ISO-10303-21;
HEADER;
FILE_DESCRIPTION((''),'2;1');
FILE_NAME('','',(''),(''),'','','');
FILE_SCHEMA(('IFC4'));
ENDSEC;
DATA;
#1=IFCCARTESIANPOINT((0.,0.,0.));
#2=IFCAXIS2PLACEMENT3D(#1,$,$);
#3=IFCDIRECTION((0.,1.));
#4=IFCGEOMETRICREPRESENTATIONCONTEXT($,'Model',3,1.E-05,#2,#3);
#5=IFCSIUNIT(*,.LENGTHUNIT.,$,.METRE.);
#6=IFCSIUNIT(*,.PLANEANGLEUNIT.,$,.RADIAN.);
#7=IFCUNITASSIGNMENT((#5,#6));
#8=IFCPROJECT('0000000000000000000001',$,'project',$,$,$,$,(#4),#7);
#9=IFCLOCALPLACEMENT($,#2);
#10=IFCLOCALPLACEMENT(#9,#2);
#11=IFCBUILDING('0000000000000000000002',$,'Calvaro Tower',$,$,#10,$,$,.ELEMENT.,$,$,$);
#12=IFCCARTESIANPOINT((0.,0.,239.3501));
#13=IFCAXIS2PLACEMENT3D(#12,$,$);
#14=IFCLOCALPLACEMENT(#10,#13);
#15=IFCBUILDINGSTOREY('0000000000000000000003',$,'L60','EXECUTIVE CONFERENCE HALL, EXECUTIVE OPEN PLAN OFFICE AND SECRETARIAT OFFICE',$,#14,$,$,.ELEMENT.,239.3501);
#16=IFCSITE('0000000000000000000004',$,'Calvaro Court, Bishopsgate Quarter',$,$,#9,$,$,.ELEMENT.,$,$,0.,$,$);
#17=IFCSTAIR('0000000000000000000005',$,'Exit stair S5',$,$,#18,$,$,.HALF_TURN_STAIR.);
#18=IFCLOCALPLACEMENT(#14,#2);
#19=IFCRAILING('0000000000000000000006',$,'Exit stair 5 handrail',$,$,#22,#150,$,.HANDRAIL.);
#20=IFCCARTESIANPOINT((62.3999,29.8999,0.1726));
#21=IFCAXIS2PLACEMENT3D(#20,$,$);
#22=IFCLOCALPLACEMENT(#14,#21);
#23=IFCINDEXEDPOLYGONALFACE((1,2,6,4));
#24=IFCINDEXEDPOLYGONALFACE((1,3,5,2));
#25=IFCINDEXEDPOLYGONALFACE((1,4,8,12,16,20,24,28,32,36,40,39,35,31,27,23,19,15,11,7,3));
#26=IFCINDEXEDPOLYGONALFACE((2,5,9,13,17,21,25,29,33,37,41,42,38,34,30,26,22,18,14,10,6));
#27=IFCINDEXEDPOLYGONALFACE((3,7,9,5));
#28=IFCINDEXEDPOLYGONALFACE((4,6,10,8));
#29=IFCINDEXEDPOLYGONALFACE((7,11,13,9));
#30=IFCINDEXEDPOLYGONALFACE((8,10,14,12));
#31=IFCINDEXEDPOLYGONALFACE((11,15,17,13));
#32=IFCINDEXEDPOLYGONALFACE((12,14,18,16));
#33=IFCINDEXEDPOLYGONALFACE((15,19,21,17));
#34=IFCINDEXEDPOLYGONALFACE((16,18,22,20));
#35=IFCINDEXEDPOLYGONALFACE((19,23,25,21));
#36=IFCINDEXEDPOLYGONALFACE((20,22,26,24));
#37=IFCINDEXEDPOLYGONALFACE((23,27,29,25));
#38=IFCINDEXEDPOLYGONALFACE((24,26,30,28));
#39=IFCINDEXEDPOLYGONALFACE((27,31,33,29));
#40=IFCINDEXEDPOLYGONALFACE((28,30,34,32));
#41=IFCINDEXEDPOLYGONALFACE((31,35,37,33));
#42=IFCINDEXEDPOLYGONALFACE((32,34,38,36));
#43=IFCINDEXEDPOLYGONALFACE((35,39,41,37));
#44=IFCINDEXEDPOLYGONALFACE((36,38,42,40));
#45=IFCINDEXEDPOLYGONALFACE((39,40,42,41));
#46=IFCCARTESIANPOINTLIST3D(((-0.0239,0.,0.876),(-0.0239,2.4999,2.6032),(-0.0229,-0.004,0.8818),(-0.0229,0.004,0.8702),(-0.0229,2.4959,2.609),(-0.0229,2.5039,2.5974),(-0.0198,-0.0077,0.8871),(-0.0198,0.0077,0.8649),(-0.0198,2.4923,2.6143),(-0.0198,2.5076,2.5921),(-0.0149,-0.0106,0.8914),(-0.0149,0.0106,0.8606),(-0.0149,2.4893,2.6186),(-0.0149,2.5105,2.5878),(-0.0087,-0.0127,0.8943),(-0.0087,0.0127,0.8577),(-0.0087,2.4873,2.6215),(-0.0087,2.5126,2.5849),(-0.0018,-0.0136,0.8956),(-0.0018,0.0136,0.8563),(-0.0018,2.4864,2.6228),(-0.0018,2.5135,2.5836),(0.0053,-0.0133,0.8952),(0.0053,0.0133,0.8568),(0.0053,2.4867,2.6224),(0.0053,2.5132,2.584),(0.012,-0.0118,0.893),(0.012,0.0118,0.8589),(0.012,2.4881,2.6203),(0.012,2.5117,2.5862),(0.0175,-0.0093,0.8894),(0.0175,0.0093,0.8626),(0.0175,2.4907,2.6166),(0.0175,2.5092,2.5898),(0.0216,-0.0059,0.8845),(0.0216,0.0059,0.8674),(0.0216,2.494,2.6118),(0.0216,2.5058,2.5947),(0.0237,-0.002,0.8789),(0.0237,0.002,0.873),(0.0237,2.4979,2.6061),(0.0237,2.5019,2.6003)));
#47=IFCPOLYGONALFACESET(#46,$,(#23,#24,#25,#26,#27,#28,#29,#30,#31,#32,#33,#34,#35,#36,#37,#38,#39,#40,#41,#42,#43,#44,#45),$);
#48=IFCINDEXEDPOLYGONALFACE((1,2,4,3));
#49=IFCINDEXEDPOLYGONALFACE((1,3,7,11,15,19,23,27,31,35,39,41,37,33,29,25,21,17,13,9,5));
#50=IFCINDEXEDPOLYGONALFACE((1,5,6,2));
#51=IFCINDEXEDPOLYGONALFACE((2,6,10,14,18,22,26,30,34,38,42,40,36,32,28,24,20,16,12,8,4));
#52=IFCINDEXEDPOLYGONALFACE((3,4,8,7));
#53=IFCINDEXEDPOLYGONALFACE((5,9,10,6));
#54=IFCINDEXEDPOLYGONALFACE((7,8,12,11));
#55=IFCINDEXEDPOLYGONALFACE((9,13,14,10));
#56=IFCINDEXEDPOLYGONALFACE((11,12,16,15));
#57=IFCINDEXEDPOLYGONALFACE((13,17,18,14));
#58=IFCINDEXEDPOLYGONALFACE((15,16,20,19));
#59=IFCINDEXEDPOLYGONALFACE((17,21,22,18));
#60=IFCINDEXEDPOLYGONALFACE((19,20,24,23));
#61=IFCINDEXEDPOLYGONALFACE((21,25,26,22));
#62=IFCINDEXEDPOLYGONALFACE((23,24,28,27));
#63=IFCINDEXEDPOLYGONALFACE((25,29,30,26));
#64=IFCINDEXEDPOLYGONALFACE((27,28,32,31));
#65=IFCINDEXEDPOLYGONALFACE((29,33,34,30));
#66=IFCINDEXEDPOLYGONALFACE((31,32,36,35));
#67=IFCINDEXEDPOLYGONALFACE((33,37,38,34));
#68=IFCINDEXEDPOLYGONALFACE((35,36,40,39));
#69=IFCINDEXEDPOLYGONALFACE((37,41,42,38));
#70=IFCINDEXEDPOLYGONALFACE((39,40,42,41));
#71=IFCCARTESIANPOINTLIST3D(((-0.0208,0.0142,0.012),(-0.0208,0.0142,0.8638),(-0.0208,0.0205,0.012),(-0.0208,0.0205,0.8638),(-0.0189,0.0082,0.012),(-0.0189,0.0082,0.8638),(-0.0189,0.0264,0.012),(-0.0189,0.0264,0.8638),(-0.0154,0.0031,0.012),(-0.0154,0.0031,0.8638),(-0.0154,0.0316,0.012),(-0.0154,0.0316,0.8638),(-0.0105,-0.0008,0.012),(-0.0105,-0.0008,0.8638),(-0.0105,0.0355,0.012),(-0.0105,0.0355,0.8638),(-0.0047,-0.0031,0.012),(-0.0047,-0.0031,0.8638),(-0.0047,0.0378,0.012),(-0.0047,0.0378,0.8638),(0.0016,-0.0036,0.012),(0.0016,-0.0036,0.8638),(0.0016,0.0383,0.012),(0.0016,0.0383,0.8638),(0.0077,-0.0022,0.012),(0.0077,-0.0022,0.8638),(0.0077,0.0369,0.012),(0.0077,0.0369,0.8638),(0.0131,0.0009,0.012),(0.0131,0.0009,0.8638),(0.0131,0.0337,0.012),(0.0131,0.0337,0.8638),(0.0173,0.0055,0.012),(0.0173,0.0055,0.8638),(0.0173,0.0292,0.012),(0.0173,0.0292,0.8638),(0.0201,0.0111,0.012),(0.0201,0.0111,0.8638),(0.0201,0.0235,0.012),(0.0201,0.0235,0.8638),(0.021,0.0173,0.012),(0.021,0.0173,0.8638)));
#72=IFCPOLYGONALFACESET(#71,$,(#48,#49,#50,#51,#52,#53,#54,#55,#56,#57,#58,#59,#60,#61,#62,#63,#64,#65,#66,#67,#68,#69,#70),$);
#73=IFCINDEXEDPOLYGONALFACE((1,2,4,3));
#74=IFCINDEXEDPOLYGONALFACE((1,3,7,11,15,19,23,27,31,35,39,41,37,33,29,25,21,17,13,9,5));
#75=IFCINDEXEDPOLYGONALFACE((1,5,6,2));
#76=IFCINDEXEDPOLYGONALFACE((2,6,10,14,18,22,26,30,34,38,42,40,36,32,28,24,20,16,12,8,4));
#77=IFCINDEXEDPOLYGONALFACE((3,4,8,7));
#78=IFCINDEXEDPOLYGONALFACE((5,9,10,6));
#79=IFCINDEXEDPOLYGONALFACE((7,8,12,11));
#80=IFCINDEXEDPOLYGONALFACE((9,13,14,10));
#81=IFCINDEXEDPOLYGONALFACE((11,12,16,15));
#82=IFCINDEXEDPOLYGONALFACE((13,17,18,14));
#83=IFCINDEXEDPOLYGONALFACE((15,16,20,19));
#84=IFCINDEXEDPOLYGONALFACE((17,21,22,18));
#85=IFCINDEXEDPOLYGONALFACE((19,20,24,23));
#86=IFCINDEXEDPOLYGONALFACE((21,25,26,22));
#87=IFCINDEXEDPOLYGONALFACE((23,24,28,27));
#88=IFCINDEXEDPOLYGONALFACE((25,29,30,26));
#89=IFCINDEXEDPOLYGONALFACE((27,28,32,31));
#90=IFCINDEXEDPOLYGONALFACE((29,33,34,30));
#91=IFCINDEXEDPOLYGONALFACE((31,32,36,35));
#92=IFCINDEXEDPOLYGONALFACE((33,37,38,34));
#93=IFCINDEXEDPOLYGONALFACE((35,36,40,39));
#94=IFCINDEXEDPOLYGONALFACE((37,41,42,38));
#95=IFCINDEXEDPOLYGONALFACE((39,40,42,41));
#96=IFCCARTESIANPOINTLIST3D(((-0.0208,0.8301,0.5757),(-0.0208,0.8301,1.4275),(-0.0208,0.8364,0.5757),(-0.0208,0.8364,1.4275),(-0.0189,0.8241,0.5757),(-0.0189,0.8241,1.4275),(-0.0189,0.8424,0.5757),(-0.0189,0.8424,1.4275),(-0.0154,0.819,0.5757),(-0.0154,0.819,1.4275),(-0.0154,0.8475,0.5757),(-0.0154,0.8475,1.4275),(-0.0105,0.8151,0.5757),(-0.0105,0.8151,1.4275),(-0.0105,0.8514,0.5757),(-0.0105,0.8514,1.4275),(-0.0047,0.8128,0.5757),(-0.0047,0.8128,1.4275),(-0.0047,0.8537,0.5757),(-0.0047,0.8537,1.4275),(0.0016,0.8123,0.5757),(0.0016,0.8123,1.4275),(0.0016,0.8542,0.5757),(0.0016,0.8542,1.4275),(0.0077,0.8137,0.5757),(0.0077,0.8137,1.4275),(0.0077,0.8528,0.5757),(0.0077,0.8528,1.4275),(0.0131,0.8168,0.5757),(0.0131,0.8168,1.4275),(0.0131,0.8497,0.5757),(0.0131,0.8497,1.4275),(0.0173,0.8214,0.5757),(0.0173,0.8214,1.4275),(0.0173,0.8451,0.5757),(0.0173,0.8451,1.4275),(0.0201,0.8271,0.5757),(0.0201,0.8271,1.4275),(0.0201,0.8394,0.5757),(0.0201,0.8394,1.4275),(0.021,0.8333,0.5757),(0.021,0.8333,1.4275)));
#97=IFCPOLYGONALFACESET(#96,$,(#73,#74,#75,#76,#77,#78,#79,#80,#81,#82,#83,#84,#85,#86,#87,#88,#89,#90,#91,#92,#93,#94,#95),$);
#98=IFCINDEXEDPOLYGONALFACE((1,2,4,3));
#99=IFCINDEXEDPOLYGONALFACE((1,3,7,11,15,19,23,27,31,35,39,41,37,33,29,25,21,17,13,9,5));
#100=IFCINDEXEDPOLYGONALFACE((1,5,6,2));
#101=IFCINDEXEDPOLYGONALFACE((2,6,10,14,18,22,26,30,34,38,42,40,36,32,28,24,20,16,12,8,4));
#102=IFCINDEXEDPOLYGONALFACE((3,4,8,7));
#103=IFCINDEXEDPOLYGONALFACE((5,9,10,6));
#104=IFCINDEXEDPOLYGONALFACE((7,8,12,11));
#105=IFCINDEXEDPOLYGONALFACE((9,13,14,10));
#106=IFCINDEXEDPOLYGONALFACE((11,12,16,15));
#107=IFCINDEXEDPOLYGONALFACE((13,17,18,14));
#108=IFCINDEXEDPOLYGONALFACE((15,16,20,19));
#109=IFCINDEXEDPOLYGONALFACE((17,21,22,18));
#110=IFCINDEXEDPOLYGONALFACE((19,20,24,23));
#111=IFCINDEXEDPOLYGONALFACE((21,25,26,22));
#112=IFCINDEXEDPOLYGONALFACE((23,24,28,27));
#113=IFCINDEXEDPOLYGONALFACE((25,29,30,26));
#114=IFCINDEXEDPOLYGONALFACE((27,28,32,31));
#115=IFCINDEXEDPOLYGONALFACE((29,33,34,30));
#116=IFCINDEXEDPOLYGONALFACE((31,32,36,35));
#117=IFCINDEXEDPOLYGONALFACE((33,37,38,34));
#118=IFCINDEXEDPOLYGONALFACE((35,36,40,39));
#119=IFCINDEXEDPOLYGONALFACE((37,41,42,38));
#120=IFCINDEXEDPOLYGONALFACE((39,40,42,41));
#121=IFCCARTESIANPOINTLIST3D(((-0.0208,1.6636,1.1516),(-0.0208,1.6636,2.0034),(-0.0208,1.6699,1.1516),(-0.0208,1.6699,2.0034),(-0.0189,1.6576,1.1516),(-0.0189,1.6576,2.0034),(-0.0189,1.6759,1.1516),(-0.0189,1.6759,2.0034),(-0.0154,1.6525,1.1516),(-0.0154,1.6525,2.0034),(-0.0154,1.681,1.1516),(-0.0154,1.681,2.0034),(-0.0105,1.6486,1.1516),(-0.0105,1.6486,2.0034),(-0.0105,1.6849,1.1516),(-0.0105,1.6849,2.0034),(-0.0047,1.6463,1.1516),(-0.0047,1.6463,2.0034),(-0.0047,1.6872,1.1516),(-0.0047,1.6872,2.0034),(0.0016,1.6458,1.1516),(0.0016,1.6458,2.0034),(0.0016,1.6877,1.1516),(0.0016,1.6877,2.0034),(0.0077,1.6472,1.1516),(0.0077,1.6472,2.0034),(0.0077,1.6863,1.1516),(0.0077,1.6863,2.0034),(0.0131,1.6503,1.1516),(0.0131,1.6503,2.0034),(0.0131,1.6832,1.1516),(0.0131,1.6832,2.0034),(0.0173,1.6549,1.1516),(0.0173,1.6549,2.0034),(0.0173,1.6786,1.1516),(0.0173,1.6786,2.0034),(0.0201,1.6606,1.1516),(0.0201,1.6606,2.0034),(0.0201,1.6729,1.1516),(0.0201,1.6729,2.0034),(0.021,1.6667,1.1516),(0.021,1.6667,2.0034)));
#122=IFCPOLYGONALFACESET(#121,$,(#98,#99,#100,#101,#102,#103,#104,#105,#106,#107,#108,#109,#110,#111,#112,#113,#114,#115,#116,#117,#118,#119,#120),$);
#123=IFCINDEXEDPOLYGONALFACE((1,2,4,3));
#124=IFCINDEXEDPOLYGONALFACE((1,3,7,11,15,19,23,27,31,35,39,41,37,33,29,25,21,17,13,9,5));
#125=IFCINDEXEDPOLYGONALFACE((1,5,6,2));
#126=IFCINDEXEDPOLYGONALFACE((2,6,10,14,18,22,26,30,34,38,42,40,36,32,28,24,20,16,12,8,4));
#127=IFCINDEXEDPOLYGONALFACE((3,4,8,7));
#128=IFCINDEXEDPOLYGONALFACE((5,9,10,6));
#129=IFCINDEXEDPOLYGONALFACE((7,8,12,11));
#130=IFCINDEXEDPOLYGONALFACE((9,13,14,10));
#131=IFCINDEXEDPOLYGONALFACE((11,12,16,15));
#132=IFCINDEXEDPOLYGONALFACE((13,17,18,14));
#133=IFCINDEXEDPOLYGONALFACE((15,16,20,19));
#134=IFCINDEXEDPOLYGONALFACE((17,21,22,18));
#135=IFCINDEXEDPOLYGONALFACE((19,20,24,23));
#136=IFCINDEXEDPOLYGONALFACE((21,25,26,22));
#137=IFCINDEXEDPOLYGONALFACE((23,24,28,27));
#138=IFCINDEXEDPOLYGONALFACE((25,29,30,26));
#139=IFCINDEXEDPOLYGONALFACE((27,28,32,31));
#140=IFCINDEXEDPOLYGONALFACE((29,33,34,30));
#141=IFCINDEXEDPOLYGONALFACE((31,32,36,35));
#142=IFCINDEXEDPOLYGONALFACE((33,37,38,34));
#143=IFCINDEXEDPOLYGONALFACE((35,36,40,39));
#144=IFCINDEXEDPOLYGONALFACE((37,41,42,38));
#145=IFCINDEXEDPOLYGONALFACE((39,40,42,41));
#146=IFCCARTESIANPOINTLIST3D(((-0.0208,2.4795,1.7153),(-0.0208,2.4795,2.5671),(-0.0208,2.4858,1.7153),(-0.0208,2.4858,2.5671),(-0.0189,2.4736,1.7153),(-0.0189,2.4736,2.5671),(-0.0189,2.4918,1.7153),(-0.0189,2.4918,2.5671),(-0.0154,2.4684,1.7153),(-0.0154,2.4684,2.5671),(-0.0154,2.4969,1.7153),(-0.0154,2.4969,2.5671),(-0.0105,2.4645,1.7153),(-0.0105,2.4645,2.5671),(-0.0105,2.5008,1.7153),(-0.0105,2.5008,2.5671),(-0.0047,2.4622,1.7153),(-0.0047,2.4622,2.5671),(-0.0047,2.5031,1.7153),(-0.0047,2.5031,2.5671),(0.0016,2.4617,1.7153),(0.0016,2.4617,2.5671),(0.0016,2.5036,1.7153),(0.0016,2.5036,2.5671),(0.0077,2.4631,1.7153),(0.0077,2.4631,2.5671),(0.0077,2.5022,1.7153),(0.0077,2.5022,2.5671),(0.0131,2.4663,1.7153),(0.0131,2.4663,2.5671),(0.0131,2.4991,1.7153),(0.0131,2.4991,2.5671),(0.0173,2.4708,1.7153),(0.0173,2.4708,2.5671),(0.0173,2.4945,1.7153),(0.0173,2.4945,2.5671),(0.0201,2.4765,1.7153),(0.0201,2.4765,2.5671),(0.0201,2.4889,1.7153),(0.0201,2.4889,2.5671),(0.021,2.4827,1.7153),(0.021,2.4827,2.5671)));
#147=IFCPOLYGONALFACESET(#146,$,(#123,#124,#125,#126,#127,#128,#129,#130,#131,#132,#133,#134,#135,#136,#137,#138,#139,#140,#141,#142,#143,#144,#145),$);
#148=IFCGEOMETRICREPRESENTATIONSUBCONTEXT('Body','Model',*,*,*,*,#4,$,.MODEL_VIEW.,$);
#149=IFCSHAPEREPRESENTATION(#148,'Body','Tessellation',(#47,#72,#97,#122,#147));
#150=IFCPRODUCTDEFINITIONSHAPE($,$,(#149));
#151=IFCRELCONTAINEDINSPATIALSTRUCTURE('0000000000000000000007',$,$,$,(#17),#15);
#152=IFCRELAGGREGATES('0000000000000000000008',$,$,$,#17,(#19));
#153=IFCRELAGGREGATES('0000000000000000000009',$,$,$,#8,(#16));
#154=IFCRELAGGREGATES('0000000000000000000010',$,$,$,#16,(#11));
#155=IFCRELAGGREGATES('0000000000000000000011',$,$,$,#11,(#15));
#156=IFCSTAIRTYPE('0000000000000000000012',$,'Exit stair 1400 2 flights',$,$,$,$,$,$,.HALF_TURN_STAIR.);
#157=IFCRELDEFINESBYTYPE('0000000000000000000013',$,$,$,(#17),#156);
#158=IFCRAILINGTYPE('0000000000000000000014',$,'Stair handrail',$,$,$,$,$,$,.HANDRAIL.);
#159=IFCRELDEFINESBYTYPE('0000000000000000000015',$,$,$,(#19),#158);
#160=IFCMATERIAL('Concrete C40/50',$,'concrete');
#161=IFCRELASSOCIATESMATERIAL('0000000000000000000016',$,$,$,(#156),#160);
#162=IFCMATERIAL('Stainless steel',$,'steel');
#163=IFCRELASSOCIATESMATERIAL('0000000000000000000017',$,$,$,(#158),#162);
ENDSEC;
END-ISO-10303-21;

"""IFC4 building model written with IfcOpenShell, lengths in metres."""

from ifc_helpers import new_model, si_unit, direction, frame, origin, origin_2d, place, context, subcontext, project, spatial, circle, extrude, material, type_object, element, aggregate, save


model = new_model("IFC4")

# Units and contexts
model_context = context("Model", 3, precision=1e-05, world=origin(), true_north=direction((0.0, 1.0)))
body_context = subcontext(model_context, "Body", "Model", "MODEL_VIEW")
ifc_project = project(units=[si_unit("LENGTHUNIT", "METRE"), si_unit("PLANEANGLEUNIT", "RADIAN")], contexts=[model_context])

# Site, building, storey
site_placement = place(None, origin())
site = spatial("IfcSite", under=ifc_project, at=site_placement, Name="Calvaro Court, Bishopsgate Quarter", CompositionType="ELEMENT", RefElevation=0.0)
building_placement = place(site_placement, origin())
building = spatial("IfcBuilding", under=site, at=building_placement, Name="Calvaro Tower", CompositionType="ELEMENT")
storey_placement = place(building_placement, frame((0.0, 0.0, 239.3501)))
storey = spatial("IfcBuildingStorey", under=building, at=storey_placement, Name="L60", Description="EXECUTIVE CONFERENCE HALL, EXECUTIVE OPEN PLAN OFFICE AND SECRETARIAT OFFICE", CompositionType="ELEMENT", Elevation=239.3501)

# Shared definitions
ifc_material_1 = material(Name="Concrete C40/50", Category="concrete")
stair_type = type_object("IfcStairType", Name="Exit stair 1400 2 flights", PredefinedType="HALF_TURN_STAIR", material=ifc_material_1)

# Stair
stair_1_placement = place(storey_placement, origin())
stair_1 = element("IfcStair", 1, at=stair_1_placement, inside=storey, type_object=stair_type, Name="Exit stair S5", PredefinedType="HALF_TURN_STAIR")

# Railing
ifc_material_2 = material(Name="Stainless steel", Category="steel")
railing_type = type_object("IfcRailingType", Name="Stair handrail", PredefinedType="HANDRAIL", material=ifc_material_2)
railing_1_placement = place(storey_placement, frame((62.3999, 29.8999, 0.1726)))
railing_1 = element("IfcRailing", 2, at=railing_1_placement, type_object=railing_type, Name="Exit stair 5 handrail", PredefinedType="HANDRAIL", context=body_context, shape_type="SweptSolid", body=[
    extrude(circle(Radius=0.0239, at=origin_2d()), frame((0.0, 0.0, 0.876), z_axis=(0.0, 0.822727, 0.568437), x_axis=(-1.0, 0.0, 0.0)), (0.0, 0.0, 1.0), 3.0386),
    extrude(circle(Radius=0.021, at=origin_2d()), frame((0.0, 0.0173, 0.012)), (0.0, 0.0, 1.0), 0.8518),
    extrude(circle(Radius=0.021, at=origin_2d()), frame((0.0, 0.8333, 0.5757)), (0.0, 0.0, 1.0), 0.8518),
    extrude(circle(Radius=0.021, at=origin_2d()), frame((0.0, 1.6667, 1.1516)), (0.0, 0.0, 1.0), 0.8518),
    extrude(circle(Radius=0.021, at=origin_2d()), frame((0.0, 2.4827, 1.7153)), (0.0, 0.0, 1.0), 0.8518),
])
aggregate(stair_1, [railing_1])

save(model, "model.ifc")
